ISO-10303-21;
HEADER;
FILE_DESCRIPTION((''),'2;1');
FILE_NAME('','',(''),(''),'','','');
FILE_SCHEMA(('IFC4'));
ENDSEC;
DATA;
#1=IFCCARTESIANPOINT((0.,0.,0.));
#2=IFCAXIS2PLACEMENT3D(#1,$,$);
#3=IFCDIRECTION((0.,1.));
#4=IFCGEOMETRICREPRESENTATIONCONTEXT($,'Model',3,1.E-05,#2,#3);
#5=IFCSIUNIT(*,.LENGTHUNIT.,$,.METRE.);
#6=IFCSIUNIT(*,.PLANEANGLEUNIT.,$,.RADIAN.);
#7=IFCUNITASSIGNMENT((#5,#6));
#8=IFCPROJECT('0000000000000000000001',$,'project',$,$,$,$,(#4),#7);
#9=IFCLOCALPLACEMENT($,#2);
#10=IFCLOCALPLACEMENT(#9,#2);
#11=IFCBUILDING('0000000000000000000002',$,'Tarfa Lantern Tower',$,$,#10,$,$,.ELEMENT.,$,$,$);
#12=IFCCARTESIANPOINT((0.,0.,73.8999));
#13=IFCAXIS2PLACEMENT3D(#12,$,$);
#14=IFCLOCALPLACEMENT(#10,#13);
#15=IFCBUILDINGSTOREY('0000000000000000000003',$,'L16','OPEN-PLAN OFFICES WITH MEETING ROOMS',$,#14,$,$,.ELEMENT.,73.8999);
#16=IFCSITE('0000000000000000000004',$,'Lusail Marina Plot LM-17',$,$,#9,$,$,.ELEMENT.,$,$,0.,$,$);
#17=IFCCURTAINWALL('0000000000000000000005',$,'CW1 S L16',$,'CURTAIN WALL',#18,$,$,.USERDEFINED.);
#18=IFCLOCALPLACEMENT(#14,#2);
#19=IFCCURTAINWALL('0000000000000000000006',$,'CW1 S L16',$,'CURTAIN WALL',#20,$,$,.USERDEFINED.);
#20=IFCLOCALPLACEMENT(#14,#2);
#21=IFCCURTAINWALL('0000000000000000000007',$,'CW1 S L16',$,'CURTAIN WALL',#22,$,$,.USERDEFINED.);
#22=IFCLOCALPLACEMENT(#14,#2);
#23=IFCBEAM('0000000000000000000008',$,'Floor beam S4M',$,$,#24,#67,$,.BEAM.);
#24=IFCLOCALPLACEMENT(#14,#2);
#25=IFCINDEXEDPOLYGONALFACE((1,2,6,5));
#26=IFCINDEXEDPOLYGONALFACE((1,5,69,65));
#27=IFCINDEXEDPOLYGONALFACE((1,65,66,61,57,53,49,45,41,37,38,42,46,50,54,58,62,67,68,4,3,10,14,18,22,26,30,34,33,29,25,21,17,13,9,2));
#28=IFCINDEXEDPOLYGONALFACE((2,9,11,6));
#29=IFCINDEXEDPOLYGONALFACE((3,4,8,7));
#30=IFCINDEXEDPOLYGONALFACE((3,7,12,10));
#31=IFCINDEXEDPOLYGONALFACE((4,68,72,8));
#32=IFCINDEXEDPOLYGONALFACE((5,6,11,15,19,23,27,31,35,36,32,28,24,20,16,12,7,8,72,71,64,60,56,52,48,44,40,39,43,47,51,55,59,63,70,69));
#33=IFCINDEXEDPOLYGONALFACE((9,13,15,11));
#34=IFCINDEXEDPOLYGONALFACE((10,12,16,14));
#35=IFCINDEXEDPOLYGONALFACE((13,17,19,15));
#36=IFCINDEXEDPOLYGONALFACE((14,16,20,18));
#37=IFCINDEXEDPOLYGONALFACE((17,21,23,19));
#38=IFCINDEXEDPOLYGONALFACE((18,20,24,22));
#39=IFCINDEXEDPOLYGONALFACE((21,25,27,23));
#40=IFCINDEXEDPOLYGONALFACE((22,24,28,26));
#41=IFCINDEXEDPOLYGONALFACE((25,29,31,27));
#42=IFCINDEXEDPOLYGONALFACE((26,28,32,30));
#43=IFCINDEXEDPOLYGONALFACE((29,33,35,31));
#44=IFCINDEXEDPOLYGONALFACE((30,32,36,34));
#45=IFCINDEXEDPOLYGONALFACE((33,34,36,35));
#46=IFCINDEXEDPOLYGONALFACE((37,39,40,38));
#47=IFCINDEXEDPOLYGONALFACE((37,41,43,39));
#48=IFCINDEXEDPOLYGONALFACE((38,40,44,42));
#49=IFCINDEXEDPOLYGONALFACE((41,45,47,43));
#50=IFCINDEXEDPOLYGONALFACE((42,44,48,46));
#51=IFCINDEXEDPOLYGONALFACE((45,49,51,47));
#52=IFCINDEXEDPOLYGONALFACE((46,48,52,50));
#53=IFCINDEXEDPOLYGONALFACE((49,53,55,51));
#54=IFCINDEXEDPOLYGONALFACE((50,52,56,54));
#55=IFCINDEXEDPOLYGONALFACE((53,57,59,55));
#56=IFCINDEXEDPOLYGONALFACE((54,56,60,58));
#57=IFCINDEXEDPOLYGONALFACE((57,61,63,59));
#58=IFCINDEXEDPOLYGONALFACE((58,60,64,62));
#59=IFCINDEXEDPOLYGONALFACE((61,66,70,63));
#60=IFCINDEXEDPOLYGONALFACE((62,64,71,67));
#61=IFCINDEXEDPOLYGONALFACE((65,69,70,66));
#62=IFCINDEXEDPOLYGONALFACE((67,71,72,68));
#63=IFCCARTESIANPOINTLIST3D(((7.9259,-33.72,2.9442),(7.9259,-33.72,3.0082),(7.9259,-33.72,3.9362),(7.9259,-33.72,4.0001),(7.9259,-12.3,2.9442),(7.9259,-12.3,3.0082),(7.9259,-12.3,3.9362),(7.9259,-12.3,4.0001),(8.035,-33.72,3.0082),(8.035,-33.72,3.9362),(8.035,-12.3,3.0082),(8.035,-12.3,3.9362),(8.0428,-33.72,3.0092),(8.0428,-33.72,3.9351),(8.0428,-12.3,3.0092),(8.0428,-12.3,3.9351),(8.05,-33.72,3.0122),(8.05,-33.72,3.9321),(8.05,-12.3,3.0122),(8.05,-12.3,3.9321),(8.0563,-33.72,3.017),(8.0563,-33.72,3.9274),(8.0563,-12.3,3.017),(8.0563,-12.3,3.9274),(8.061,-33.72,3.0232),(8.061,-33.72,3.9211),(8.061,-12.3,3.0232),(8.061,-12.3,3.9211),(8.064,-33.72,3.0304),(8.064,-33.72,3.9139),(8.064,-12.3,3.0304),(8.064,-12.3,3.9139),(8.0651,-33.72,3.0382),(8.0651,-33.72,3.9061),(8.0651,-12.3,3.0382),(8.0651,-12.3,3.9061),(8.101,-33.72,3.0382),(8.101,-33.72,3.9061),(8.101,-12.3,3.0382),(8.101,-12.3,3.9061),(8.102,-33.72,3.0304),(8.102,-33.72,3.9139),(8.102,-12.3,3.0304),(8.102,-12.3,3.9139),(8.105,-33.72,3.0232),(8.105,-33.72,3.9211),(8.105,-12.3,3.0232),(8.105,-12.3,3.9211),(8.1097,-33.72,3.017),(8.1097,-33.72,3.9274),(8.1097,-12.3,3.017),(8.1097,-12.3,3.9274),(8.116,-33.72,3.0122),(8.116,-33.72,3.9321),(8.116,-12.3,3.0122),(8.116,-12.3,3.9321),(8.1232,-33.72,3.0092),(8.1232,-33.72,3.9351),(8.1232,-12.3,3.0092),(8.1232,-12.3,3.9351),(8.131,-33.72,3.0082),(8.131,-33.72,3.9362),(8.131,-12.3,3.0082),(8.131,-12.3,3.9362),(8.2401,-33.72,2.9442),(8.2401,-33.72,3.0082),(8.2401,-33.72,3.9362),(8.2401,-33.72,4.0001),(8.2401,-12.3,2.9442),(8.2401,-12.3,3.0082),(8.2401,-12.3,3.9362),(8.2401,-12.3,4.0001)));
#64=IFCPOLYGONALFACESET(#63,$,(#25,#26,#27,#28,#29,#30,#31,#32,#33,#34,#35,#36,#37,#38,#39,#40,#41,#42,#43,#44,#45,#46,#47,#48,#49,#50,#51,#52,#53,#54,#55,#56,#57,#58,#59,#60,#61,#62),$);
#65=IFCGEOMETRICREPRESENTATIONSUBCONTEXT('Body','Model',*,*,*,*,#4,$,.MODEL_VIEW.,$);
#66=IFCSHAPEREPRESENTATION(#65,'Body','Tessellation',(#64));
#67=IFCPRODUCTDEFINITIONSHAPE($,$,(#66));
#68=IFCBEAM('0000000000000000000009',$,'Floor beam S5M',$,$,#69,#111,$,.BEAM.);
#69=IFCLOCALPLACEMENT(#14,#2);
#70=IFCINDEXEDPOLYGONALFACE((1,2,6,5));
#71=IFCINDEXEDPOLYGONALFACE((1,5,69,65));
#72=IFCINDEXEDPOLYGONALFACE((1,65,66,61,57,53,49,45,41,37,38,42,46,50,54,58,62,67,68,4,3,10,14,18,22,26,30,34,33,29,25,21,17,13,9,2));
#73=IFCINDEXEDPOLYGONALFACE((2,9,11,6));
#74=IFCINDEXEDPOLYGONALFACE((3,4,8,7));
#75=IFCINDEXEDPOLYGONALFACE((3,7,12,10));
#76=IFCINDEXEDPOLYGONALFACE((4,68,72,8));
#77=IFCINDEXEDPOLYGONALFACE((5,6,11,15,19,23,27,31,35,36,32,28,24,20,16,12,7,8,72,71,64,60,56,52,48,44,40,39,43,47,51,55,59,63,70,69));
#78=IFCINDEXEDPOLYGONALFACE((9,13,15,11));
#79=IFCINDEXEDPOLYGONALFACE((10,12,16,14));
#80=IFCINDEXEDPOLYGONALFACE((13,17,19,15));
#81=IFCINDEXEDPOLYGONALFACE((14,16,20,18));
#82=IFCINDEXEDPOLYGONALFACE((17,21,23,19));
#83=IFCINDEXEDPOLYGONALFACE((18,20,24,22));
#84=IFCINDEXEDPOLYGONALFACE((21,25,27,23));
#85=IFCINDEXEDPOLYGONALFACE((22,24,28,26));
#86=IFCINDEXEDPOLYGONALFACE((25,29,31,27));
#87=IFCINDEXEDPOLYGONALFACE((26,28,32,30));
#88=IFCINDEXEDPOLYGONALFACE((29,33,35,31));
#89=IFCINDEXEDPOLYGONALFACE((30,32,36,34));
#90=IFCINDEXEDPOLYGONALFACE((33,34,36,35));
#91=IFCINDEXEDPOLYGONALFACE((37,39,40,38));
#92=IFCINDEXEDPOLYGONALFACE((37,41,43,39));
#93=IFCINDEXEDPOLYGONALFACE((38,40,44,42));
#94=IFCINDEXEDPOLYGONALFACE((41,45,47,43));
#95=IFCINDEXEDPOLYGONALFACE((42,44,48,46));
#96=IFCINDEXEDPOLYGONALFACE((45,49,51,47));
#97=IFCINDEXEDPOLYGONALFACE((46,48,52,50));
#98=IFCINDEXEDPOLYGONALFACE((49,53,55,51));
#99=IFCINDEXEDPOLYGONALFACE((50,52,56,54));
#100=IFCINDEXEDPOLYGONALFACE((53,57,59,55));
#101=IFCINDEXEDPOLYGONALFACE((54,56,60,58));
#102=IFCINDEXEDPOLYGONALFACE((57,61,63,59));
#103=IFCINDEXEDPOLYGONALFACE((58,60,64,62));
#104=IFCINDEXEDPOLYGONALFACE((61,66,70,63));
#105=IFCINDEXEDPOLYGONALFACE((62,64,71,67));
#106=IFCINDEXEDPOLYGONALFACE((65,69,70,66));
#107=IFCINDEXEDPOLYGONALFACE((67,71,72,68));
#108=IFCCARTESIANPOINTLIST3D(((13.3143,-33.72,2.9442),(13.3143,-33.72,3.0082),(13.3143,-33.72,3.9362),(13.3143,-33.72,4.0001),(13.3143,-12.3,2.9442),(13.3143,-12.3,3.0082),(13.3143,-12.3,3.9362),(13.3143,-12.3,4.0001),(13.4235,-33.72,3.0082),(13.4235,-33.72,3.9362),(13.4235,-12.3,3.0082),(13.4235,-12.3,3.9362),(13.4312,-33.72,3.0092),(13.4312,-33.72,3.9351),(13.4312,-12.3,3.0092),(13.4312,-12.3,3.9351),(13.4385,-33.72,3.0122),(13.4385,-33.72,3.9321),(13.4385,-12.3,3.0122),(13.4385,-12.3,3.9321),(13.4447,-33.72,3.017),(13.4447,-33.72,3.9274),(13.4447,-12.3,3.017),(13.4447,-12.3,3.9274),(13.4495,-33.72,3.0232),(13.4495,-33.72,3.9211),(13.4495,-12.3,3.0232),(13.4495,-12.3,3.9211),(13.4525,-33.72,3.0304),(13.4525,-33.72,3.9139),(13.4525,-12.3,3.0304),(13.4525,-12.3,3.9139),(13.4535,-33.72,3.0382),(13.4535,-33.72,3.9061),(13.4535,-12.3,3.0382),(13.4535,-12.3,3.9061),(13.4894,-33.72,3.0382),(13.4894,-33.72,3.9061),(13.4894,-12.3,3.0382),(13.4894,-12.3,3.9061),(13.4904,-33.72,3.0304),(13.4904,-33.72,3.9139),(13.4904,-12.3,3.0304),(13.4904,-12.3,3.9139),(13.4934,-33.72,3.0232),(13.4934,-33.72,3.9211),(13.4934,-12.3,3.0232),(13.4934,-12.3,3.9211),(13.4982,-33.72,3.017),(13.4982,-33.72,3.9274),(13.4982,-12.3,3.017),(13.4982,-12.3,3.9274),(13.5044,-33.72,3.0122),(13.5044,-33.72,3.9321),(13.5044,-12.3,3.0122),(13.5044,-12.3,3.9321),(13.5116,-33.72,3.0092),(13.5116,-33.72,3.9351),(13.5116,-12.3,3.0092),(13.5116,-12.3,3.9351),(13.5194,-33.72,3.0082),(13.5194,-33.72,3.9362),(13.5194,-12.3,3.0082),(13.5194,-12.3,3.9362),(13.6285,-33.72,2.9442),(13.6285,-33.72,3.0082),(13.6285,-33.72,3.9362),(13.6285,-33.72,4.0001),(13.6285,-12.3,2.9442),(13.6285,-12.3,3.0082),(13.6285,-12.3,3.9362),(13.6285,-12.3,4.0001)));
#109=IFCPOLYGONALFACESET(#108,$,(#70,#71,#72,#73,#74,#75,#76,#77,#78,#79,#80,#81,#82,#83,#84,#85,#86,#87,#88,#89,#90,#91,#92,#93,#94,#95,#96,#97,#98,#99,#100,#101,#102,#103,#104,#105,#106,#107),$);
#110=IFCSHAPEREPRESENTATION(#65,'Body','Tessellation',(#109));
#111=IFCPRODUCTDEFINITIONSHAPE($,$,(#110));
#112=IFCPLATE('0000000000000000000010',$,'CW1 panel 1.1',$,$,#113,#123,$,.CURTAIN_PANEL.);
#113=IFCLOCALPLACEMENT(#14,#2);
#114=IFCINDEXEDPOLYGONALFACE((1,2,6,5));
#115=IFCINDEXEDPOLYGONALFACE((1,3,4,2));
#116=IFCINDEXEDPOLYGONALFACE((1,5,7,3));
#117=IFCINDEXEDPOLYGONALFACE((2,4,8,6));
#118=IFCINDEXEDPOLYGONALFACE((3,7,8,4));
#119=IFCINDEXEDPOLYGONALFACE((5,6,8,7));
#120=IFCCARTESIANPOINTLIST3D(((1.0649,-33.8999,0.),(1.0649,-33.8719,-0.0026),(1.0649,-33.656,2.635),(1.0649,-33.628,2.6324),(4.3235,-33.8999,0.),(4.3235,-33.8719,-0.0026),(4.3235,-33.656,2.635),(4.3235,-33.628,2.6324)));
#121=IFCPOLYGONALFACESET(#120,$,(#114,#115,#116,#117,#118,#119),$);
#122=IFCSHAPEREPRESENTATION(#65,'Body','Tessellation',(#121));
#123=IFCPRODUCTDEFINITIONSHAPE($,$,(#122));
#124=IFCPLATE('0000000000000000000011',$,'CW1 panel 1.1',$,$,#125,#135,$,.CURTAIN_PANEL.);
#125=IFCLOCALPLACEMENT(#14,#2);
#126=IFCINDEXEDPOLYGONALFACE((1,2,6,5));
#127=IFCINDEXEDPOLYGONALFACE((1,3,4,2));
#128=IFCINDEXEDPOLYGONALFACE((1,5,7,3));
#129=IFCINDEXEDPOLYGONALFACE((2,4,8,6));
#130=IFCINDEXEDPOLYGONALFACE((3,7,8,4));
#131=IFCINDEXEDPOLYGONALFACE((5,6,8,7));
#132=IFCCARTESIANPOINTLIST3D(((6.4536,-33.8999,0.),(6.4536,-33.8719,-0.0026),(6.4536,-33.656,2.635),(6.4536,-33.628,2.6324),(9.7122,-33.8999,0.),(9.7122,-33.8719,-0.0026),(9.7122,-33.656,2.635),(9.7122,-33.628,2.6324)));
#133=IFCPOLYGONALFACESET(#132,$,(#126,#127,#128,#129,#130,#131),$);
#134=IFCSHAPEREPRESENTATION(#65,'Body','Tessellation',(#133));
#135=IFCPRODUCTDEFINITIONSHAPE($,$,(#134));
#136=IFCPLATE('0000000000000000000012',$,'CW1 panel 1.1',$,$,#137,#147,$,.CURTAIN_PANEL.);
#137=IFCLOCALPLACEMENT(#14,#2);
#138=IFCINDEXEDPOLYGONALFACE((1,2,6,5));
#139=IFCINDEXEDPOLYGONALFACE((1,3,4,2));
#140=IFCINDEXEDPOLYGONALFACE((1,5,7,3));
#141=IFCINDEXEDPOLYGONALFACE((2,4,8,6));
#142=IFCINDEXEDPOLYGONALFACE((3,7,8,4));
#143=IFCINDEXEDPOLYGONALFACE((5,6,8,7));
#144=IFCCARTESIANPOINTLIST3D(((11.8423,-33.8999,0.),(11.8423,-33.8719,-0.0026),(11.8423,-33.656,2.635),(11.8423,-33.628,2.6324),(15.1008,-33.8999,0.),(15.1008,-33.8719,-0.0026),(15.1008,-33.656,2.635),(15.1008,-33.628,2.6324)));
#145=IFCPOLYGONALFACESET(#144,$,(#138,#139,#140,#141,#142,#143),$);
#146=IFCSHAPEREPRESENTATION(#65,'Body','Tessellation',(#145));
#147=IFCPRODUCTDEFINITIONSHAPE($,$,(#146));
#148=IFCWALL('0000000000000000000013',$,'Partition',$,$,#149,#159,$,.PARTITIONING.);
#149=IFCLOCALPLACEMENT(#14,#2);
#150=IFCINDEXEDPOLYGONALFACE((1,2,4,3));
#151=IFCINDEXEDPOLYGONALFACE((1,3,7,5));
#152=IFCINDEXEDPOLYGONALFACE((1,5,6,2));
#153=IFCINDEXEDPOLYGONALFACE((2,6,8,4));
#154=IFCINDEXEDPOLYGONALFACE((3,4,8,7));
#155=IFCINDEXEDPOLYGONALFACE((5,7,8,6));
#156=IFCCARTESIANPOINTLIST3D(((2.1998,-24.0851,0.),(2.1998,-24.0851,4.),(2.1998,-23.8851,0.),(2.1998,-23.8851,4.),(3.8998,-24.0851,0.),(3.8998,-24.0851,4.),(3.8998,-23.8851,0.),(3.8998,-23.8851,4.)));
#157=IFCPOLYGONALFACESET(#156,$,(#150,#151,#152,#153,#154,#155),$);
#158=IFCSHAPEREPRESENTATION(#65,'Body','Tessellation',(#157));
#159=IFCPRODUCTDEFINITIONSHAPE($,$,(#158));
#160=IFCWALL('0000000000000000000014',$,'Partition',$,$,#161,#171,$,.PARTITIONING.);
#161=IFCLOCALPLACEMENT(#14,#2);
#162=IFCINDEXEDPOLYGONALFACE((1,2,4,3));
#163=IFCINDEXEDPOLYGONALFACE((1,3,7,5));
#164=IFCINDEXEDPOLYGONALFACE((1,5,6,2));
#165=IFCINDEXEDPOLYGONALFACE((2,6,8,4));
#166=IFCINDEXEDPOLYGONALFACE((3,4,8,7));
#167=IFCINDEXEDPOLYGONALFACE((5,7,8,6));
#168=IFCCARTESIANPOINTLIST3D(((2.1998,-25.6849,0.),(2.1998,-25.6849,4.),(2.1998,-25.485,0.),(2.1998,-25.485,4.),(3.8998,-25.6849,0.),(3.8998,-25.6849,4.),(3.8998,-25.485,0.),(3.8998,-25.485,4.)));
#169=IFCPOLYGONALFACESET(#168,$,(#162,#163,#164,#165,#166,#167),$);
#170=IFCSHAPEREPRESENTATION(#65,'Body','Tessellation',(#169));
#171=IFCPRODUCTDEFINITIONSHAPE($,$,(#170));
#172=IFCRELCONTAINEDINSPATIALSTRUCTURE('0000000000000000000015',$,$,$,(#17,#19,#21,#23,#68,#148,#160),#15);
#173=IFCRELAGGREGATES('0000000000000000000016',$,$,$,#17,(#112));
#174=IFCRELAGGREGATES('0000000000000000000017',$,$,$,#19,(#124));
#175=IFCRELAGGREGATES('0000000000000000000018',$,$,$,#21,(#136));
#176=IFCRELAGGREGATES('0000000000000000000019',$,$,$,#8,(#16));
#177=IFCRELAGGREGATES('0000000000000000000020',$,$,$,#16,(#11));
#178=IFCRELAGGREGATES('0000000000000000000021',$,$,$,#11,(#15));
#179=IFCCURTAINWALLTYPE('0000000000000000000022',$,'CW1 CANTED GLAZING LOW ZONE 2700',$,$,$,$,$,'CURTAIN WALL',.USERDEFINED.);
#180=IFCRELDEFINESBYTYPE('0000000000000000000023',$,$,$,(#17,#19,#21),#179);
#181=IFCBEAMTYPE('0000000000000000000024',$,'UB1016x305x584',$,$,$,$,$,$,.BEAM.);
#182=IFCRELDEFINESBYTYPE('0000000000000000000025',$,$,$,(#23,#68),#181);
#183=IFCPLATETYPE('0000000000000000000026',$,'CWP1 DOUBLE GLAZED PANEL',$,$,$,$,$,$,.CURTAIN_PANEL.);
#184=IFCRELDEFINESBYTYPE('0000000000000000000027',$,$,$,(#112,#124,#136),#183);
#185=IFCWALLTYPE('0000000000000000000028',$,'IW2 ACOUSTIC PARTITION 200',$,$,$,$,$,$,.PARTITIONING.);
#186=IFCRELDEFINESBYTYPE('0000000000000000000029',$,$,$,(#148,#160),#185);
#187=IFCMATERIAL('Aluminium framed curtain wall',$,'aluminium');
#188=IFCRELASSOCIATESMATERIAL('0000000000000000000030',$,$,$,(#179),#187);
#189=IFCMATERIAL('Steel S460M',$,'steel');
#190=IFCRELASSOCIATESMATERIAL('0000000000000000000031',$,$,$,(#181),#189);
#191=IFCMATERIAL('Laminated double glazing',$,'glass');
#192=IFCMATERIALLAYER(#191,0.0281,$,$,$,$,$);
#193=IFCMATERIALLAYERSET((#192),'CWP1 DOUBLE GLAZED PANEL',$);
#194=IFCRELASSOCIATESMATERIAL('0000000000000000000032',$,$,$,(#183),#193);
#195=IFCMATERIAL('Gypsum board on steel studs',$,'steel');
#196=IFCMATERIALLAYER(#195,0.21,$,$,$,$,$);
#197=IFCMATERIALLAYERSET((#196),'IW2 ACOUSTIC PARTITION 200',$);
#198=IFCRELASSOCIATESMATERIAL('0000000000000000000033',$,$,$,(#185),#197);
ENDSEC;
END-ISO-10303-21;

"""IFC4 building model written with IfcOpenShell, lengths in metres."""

from ifc_helpers import new_model, si_unit, direction, frame, frame_2d, origin, origin_2d, place, context, subcontext, project, spatial, polyline, rectangle, i_section, outline, extrude, material, layer, layer_set, material_profile, profile_set, type_object, element, aggregate, save


model = new_model("IFC4")

# Units and contexts
model_context = context("Model", 3, precision=1e-05, world=origin(), true_north=direction((0.0, 1.0)))
body_context = subcontext(model_context, "Body", "Model", "MODEL_VIEW")
ifc_project = project(units=[si_unit("LENGTHUNIT", "METRE"), si_unit("PLANEANGLEUNIT", "RADIAN")], contexts=[model_context])

# Site, building, storey
site_placement = place(None, origin())
site = spatial("IfcSite", under=ifc_project, at=site_placement, Name="Lusail Marina Plot LM-17", CompositionType="ELEMENT", RefElevation=0.0)
building_placement = place(site_placement, origin())
building = spatial("IfcBuilding", under=site, at=building_placement, Name="Tarfa Lantern Tower", CompositionType="ELEMENT")
storey_placement = place(building_placement, frame((0.0, 0.0, 73.8999)))
storey = spatial("IfcBuildingStorey", under=building, at=storey_placement, Name="L16", Description="OPEN-PLAN OFFICES WITH MEETING ROOMS", CompositionType="ELEMENT", Elevation=73.8999)

# Curtain walls
ifc_material_1 = material(Name="Aluminium framed curtain wall", Category="aluminium")
curtain_wall_type = type_object("IfcCurtainWallType", Name="CW1 CANTED GLAZING LOW ZONE 2700", ElementType="CURTAIN WALL", PredefinedType="USERDEFINED", material=ifc_material_1)
curtain_wall_1_placement = place(storey_placement, origin())
curtain_wall_1 = element("IfcCurtainWall", 1, at=curtain_wall_1_placement, inside=storey, type_object=curtain_wall_type, Name="CW1 S L16", ObjectType="CURTAIN WALL", PredefinedType="USERDEFINED")
curtain_wall_2_placement = place(storey_placement, origin())
curtain_wall_2 = element("IfcCurtainWall", 2, at=curtain_wall_2_placement, inside=storey, type_object=curtain_wall_type, Name="CW1 S L16", ObjectType="CURTAIN WALL", PredefinedType="USERDEFINED")

# Curtain wall
curtain_wall_3_placement = place(storey_placement, origin())
curtain_wall_3 = element("IfcCurtainWall", 3, at=curtain_wall_3_placement, inside=storey, type_object=curtain_wall_type, Name="CW1 S L16", ObjectType="CURTAIN WALL", PredefinedType="USERDEFINED")

# Beams
ifc_material_2 = material(Name="Steel S460M", Category="steel")
ifc_material_profile_1 = material_profile(ifc_material_2, i_section(OverallWidth=0.3142, OverallDepth=1.0559, WebThickness=0.0359, FlangeThickness=0.064, FilletRadius=0.03, at=origin_2d()), Name="UB1016x305x584")
ifc_profile_set_1 = profile_set([ifc_material_profile_1], Name="Steel S460M")
beam_type_1 = type_object("IfcBeamType", Name="UB1016x305x584", PredefinedType="BEAM", material=ifc_profile_set_1)
for number, where, z_axis, x_axis, name in (
    (4, (8.083, -33.72, 3.4722), (0.0, 1.0, 0.0), (-1.0, 0.0, 0.0), "Floor beam S4M"),
    (5, (13.4714, -33.72, 3.4722), (0.0, 1.0, 0.0), (-1.0, 0.0, 0.0), "Floor beam S5M"),
):
    element("IfcBeam", number, at=place(storey_placement, frame(where, z_axis=z_axis, x_axis=x_axis)), inside=storey, type_object=beam_type_1, Name=name, PredefinedType="BEAM", context=body_context, shape_type="SweptSolid", body=[
        extrude(i_section(OverallWidth=0.3142, OverallDepth=1.0559, WebThickness=0.0359, FlangeThickness=0.064, FilletRadius=0.03, at=origin_2d()), origin(), (0.0, 0.0, 1.0), 21.4199),
    ])

# Plates
ifc_material_3 = material(Name="Laminated double glazing", Category="glass")
ifc_layer_1 = layer(ifc_material_3, 0.0281)
ifc_layer_set_1 = layer_set([ifc_layer_1], Name="CWP1 DOUBLE GLAZED PANEL")
plate_type = type_object("IfcPlateType", Name="CWP1 DOUBLE GLAZED PANEL", PredefinedType="CURTAIN_PANEL", material=ifc_layer_set_1)
plate_1_placement = place(storey_placement, frame((1.0649, -33.8999, 0.0), z_axis=(0.0, -0.995744, 0.092166), x_axis=(1.0, 0.0, 0.0)))
plate_1 = element("IfcPlate", 6, at=plate_1_placement, type_object=plate_type, Name="CW1 panel 1.1", PredefinedType="CURTAIN_PANEL", context=body_context, shape_type="SweptSolid", body=[
    extrude(outline(polyline([(0.0, 0.0), (3.2585, 0.0), (3.2585, 2.6463), (0.0, 2.6463), (0.0, 0.0)])), origin(), (0.0, 0.0, -1.0), 0.0281),
])
aggregate(curtain_wall_1, [plate_1])
plate_2_placement = place(storey_placement, frame((6.4536, -33.8999, 0.0), z_axis=(0.0, -0.995744, 0.092166), x_axis=(1.0, 0.0, 0.0)))
plate_2 = element("IfcPlate", 7, at=plate_2_placement, type_object=plate_type, Name="CW1 panel 1.1", PredefinedType="CURTAIN_PANEL", context=body_context, shape_type="SweptSolid", body=[
    extrude(outline(polyline([(0.0, 0.0), (3.2585, 0.0), (3.2585, 2.6463), (0.0, 2.6463), (0.0, 0.0)])), origin(), (0.0, 0.0, -1.0), 0.0281),
])
aggregate(curtain_wall_2, [plate_2])
plate_3_placement = place(storey_placement, frame((11.8423, -33.8999, 0.0), z_axis=(0.0, -0.995744, 0.092166), x_axis=(1.0, 0.0, 0.0)))
plate_3 = element("IfcPlate", 8, at=plate_3_placement, type_object=plate_type, Name="CW1 panel 1.1", PredefinedType="CURTAIN_PANEL", context=body_context, shape_type="SweptSolid", body=[
    extrude(outline(polyline([(0.0, 0.0), (3.2585, 0.0), (3.2585, 2.6463), (0.0, 2.6463), (0.0, 0.0)])), origin(), (0.0, 0.0, -1.0), 0.0281),
])
aggregate(curtain_wall_3, [plate_3])

# Walls
ifc_material_4 = material(Name="Gypsum board on steel studs", Category="steel")
ifc_layer_2 = layer(ifc_material_4, 0.21)
ifc_layer_set_2 = layer_set([ifc_layer_2], Name="IW2 ACOUSTIC PARTITION 200")
wall_type = type_object("IfcWallType", Name="IW2 ACOUSTIC PARTITION 200", PredefinedType="PARTITIONING", material=ifc_layer_set_2)
for number, where, z_axis, x_axis, name in (
    (9, (3.8999, -23.9851, 0.0), (0.0, 0.0, 1.0), (-1.0, 0.0, 0.0), "Partition"),
    (10, (3.8999, -25.585, 0.0), (0.0, 0.0, 1.0), (-1.0, 0.0, 0.0), "Partition"),
):
    element("IfcWall", number, at=place(storey_placement, frame(where, z_axis=z_axis, x_axis=x_axis)), inside=storey, type_object=wall_type, Name=name, PredefinedType="PARTITIONING", context=body_context, shape_type="SweptSolid", body=[
        extrude(rectangle(XDim=1.7, YDim=0.2, at=frame_2d((0.8501, 0.0))), origin(), (0.0, 0.0, 1.0), 4.0),
    ])

save(model, "model.ifc")
